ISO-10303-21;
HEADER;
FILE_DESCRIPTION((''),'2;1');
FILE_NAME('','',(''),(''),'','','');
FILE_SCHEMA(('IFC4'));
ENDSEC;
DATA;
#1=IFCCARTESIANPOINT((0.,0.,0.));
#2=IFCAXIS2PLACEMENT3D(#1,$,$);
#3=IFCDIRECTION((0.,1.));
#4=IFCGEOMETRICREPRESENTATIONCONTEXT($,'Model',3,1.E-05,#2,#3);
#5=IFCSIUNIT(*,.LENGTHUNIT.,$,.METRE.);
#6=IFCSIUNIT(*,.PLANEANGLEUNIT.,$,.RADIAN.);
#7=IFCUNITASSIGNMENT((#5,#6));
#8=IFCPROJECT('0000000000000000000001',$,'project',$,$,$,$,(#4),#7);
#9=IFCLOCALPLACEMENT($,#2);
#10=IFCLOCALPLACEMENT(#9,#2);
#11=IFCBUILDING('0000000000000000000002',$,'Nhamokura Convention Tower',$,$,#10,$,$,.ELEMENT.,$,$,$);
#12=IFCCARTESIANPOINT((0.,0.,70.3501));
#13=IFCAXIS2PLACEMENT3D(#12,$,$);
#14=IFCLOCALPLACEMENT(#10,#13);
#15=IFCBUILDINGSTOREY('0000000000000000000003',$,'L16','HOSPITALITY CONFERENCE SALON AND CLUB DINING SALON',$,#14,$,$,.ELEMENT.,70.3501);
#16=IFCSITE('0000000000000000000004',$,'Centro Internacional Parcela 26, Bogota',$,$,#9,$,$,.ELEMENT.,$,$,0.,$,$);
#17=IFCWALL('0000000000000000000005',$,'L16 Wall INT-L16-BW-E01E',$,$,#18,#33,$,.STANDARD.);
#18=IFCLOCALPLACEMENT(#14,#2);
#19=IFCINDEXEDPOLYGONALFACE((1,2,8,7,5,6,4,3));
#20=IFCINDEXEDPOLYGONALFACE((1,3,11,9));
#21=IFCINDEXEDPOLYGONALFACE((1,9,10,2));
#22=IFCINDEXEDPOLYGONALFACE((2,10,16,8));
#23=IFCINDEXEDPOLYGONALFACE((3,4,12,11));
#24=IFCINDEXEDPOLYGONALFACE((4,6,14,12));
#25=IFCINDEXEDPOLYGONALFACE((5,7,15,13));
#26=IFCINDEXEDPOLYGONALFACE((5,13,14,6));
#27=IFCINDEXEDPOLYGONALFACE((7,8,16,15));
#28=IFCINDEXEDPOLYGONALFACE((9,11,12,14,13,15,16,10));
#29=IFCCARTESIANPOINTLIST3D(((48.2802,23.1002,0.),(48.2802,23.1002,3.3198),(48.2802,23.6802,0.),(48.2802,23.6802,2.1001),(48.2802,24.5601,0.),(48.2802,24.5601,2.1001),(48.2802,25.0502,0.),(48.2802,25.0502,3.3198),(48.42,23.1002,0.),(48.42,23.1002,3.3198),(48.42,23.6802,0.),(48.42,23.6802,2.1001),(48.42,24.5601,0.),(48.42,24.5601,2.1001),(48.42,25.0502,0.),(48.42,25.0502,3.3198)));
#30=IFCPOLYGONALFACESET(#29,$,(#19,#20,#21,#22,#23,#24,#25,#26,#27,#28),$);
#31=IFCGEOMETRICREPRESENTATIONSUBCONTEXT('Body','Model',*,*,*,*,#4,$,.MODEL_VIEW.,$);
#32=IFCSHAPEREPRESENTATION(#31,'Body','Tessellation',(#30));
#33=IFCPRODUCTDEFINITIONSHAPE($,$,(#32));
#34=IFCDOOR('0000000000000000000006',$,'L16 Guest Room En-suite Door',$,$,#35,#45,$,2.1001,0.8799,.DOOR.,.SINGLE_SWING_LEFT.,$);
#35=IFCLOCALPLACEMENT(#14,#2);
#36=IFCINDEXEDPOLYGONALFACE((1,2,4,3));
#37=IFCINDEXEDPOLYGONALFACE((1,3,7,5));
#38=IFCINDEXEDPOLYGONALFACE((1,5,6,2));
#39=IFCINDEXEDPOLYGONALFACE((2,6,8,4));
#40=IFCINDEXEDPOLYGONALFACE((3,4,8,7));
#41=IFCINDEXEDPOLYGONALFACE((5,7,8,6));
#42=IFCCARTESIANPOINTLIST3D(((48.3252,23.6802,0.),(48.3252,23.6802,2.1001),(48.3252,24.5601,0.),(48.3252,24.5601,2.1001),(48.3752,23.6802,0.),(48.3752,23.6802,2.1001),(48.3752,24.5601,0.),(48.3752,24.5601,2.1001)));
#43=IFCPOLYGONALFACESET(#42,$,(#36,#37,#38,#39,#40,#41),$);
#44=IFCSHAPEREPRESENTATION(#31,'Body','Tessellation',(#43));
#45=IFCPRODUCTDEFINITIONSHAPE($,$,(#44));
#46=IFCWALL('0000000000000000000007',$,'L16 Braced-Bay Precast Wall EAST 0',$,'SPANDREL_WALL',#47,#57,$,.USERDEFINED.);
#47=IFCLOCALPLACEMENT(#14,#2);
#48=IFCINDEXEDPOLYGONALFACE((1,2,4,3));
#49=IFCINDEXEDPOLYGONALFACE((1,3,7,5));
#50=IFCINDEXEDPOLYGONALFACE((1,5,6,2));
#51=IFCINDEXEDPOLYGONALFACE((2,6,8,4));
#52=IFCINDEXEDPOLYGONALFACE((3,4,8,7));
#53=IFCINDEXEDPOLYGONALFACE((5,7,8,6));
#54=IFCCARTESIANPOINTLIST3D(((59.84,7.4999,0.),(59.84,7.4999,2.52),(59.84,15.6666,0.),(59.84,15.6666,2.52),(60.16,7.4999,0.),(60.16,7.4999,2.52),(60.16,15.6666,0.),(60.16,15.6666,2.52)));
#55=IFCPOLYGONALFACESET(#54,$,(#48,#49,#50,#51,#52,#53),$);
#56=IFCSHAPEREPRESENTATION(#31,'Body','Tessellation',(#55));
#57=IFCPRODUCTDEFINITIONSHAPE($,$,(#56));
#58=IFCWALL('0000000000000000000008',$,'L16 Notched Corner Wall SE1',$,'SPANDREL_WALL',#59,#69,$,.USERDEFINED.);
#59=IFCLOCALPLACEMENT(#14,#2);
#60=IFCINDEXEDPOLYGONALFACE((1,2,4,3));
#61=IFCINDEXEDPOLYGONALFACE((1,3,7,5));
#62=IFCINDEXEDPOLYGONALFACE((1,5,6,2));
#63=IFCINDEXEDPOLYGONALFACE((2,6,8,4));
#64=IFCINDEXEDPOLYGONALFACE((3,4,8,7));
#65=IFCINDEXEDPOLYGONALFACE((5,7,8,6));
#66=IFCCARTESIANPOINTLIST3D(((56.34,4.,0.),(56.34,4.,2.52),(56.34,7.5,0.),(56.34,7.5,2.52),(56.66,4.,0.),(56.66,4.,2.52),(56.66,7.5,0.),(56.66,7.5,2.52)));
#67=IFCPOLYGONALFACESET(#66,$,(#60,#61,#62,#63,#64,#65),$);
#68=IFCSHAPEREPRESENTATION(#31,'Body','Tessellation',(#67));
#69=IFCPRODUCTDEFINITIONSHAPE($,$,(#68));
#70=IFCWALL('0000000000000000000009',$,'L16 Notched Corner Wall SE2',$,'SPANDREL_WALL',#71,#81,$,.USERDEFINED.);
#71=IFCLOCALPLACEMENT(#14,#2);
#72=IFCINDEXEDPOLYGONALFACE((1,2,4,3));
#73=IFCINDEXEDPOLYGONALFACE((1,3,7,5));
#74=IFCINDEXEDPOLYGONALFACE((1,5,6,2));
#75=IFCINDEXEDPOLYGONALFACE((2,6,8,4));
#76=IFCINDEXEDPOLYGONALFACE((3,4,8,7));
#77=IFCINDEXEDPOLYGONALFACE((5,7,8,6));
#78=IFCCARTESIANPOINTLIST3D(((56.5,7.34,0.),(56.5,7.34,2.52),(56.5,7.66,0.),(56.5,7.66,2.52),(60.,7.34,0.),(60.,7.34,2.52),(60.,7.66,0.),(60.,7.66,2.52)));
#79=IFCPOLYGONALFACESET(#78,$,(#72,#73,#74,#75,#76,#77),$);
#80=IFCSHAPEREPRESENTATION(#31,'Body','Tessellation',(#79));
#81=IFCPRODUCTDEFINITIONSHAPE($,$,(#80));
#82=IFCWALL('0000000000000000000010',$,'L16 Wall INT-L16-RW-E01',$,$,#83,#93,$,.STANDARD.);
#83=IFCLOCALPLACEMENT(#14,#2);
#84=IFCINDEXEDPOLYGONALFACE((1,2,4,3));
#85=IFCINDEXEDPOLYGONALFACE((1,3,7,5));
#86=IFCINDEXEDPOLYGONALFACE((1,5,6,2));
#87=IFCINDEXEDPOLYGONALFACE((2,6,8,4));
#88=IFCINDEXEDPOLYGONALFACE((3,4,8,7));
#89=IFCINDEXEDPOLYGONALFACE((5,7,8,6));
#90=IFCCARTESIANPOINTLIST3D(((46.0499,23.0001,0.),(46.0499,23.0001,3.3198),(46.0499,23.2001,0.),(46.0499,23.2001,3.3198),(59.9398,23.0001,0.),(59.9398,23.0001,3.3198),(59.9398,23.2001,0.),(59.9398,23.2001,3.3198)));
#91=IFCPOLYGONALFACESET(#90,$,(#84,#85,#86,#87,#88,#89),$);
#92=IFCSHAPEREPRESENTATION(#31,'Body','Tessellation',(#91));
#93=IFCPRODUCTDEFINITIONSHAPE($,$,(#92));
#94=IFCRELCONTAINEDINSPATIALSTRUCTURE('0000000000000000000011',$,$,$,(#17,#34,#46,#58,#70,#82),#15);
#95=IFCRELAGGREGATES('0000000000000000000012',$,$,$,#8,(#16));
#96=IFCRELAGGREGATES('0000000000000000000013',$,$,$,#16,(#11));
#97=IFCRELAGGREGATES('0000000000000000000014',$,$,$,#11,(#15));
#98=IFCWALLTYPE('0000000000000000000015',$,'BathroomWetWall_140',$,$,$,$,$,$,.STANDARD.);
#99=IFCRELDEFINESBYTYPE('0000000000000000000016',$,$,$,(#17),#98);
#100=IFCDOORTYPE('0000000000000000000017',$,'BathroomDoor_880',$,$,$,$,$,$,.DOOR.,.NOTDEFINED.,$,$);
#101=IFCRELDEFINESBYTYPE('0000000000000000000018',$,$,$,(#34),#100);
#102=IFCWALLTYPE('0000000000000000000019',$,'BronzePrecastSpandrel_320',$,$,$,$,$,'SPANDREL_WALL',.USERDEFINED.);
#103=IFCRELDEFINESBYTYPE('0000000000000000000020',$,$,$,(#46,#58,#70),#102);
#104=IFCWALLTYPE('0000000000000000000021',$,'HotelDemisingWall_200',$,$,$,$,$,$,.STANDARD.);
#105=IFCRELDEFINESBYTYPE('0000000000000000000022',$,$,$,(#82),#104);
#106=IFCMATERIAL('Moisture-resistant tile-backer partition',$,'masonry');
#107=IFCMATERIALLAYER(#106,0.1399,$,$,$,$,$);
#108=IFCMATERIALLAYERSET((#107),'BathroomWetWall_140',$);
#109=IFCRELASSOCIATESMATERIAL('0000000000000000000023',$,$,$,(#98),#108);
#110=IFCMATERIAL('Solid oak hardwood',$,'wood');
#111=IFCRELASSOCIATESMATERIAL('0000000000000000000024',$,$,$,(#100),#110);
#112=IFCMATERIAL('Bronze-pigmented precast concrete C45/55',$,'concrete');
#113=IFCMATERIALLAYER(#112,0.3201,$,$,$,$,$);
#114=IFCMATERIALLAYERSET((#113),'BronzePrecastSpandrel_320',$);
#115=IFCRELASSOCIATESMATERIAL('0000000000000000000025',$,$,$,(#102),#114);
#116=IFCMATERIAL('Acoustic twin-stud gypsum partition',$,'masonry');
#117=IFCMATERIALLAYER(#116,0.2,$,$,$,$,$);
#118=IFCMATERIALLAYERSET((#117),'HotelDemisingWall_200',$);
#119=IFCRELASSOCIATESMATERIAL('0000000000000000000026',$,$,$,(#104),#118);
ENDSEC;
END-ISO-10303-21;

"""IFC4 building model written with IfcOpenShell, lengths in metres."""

from ifc_helpers import new_model, si_unit, direction, frame, frame_2d, origin, place, context, subcontext, project, spatial, rectangle, extrude, material, layer, layer_set, type_object, element, fill, save


model = new_model("IFC4")

# Units and contexts
model_context = context("Model", 3, precision=1e-05, world=origin(), true_north=direction((0.0, 1.0)))
body_context = subcontext(model_context, "Body", "Model", "MODEL_VIEW")
ifc_project = project(units=[si_unit("LENGTHUNIT", "METRE"), si_unit("PLANEANGLEUNIT", "RADIAN")], contexts=[model_context])

# Site, building, storey
site_placement = place(None, origin())
site = spatial("IfcSite", under=ifc_project, at=site_placement, Name="Centro Internacional Parcela 26, Bogota", CompositionType="ELEMENT", RefElevation=0.0)
building_placement = place(site_placement, origin())
building = spatial("IfcBuilding", under=site, at=building_placement, Name="Nhamokura Convention Tower", CompositionType="ELEMENT")
storey_placement = place(building_placement, frame((0.0, 0.0, 70.3501)))
storey = spatial("IfcBuildingStorey", under=building, at=storey_placement, Name="L16", Description="HOSPITALITY CONFERENCE SALON AND CLUB DINING SALON", CompositionType="ELEMENT", Elevation=70.3501)

# Shared definitions
ifc_material_1 = material(Name="Moisture-resistant tile-backer partition", Category="masonry")
ifc_layer_1 = layer(ifc_material_1, 0.1399)
ifc_layer_set_1 = layer_set([ifc_layer_1], Name="BathroomWetWall_140")
wall_type_1 = type_object("IfcWallType", Name="BathroomWetWall_140", PredefinedType="STANDARD", material=ifc_layer_set_1)

# Wall, opening, door
ifc_material_2 = material(Name="Solid oak hardwood", Category="wood")
door_type_1 = type_object("IfcDoorType", Name="BathroomDoor_880", OperationType="NOTDEFINED", PredefinedType="DOOR", material=ifc_material_2)
wall_1_placement = place(storey_placement, frame((48.3501, 23.1001, 0.0), z_axis=(0.0, 0.0, 1.0), x_axis=(0.0, 1.0, 0.0)))
wall_1 = element("IfcWall", 1, at=wall_1_placement, inside=storey, type_object=wall_type_1, Name="L16 Wall INT-L16-BW-E01E", PredefinedType="STANDARD", context=body_context, shape_type="SweptSolid", body=[
    extrude(rectangle(XDim=1.95, YDim=0.1399, at=frame_2d((0.9751, 0.0))), origin(), (0.0, 0.0, 1.0), 3.3198),
])
opening_1_placement = place(wall_1_placement, frame((0.5801, 0.0, 0.0)))
opening_1 = element("IfcOpeningElement", 2, at=opening_1_placement, cuts=wall_1, PredefinedType="OPENING", context=body_context, shape_type="SweptSolid", body=[
    extrude(rectangle(XDim=0.8799, YDim=2.1001, at=frame_2d((0.4399, 1.05))), frame((0.0, 0.0798, 0.0), z_axis=(0.0, -1.0, 0.0), x_axis=(1.0, 0.0, 0.0)), (0.0, 0.0, 1.0), 0.1599),
])
door_1_placement = place(opening_1_placement, origin())
door_1 = element("IfcDoor", 3, at=door_1_placement, inside=storey, type_object=door_type_1, Name="L16 Guest Room En-suite Door", OperationType="SINGLE_SWING_LEFT", OverallHeight=2.1001, OverallWidth=0.8799, PredefinedType="DOOR", context=body_context, shape_type="SweptSolid", body=[
    extrude(rectangle(XDim=0.8799, YDim=2.1001, at=frame_2d((0.4399, 1.05))), frame((0.0, 0.0249, 0.0), z_axis=(0.0, -1.0, 0.0), x_axis=(1.0, 0.0, 0.0)), (0.0, 0.0, 1.0), 0.05),
])
fill(opening_1, door_1)

# Walls
ifc_material_3 = material(Name="Bronze-pigmented precast concrete C45/55", Category="concrete")
ifc_layer_2 = layer(ifc_material_3, 0.3201)
ifc_layer_set_2 = layer_set([ifc_layer_2], Name="BronzePrecastSpandrel_320")
wall_type_2 = type_object("IfcWallType", Name="BronzePrecastSpandrel_320", ElementType="SPANDREL_WALL", PredefinedType="USERDEFINED", material=ifc_layer_set_2)
wall_2_placement = place(storey_placement, frame((60.0, 15.6667, 0.0), z_axis=(0.0, 0.0, 1.0), x_axis=(0.0, -1.0, 0.0)))
element("IfcWall", 4, at=wall_2_placement, inside=storey, type_object=wall_type_2, Name="L16 Braced-Bay Precast Wall EAST 0", ObjectType="SPANDREL_WALL", PredefinedType="USERDEFINED", context=body_context, shape_type="SweptSolid", body=[
    extrude(rectangle(XDim=8.1667, YDim=0.3201, at=frame_2d((4.0835, 0.0))), origin(), (0.0, 0.0, 1.0), 2.52),
])
for number, where, z_axis, x_axis, name in (
    (5, (56.5, 7.5, 0.0), (0.0, 0.0, 1.0), (0.0, -1.0, 0.0), "L16 Notched Corner Wall SE1"),
    (6, (60.0, 7.5, 0.0), (0.0, 0.0, 1.0), (-1.0, 0.0, 0.0), "L16 Notched Corner Wall SE2"),
):
    element("IfcWall", number, at=place(storey_placement, frame(where, z_axis=z_axis, x_axis=x_axis)), inside=storey, type_object=wall_type_2, Name=name, ObjectType="SPANDREL_WALL", PredefinedType="USERDEFINED", context=body_context, shape_type="SweptSolid", body=[
        extrude(rectangle(XDim=3.5, YDim=0.3201, at=frame_2d((1.75, 0.0))), origin(), (0.0, 0.0, 1.0), 2.52),
    ])

# Wall
ifc_material_4 = material(Name="Acoustic twin-stud gypsum partition", Category="masonry")
ifc_layer_3 = layer(ifc_material_4, 0.2)
ifc_layer_set_3 = layer_set([ifc_layer_3], Name="HotelDemisingWall_200")
wall_type_3 = type_object("IfcWallType", Name="HotelDemisingWall_200", PredefinedType="STANDARD", material=ifc_layer_set_3)
wall_3_placement = place(storey_placement, frame((46.05, 23.1001, 0.0), z_axis=(0.0, 0.0, 1.0), x_axis=(1.0, 0.0, 0.0)))
element("IfcWall", 7, at=wall_3_placement, inside=storey, type_object=wall_type_3, Name="L16 Wall INT-L16-RW-E01", PredefinedType="STANDARD", context=body_context, shape_type="SweptSolid", body=[
    extrude(rectangle(XDim=13.8899, YDim=0.2, at=frame_2d((6.9448, 0.0))), origin(), (0.0, 0.0, 1.0), 3.3198),
])

save(model, "model.ifc")
